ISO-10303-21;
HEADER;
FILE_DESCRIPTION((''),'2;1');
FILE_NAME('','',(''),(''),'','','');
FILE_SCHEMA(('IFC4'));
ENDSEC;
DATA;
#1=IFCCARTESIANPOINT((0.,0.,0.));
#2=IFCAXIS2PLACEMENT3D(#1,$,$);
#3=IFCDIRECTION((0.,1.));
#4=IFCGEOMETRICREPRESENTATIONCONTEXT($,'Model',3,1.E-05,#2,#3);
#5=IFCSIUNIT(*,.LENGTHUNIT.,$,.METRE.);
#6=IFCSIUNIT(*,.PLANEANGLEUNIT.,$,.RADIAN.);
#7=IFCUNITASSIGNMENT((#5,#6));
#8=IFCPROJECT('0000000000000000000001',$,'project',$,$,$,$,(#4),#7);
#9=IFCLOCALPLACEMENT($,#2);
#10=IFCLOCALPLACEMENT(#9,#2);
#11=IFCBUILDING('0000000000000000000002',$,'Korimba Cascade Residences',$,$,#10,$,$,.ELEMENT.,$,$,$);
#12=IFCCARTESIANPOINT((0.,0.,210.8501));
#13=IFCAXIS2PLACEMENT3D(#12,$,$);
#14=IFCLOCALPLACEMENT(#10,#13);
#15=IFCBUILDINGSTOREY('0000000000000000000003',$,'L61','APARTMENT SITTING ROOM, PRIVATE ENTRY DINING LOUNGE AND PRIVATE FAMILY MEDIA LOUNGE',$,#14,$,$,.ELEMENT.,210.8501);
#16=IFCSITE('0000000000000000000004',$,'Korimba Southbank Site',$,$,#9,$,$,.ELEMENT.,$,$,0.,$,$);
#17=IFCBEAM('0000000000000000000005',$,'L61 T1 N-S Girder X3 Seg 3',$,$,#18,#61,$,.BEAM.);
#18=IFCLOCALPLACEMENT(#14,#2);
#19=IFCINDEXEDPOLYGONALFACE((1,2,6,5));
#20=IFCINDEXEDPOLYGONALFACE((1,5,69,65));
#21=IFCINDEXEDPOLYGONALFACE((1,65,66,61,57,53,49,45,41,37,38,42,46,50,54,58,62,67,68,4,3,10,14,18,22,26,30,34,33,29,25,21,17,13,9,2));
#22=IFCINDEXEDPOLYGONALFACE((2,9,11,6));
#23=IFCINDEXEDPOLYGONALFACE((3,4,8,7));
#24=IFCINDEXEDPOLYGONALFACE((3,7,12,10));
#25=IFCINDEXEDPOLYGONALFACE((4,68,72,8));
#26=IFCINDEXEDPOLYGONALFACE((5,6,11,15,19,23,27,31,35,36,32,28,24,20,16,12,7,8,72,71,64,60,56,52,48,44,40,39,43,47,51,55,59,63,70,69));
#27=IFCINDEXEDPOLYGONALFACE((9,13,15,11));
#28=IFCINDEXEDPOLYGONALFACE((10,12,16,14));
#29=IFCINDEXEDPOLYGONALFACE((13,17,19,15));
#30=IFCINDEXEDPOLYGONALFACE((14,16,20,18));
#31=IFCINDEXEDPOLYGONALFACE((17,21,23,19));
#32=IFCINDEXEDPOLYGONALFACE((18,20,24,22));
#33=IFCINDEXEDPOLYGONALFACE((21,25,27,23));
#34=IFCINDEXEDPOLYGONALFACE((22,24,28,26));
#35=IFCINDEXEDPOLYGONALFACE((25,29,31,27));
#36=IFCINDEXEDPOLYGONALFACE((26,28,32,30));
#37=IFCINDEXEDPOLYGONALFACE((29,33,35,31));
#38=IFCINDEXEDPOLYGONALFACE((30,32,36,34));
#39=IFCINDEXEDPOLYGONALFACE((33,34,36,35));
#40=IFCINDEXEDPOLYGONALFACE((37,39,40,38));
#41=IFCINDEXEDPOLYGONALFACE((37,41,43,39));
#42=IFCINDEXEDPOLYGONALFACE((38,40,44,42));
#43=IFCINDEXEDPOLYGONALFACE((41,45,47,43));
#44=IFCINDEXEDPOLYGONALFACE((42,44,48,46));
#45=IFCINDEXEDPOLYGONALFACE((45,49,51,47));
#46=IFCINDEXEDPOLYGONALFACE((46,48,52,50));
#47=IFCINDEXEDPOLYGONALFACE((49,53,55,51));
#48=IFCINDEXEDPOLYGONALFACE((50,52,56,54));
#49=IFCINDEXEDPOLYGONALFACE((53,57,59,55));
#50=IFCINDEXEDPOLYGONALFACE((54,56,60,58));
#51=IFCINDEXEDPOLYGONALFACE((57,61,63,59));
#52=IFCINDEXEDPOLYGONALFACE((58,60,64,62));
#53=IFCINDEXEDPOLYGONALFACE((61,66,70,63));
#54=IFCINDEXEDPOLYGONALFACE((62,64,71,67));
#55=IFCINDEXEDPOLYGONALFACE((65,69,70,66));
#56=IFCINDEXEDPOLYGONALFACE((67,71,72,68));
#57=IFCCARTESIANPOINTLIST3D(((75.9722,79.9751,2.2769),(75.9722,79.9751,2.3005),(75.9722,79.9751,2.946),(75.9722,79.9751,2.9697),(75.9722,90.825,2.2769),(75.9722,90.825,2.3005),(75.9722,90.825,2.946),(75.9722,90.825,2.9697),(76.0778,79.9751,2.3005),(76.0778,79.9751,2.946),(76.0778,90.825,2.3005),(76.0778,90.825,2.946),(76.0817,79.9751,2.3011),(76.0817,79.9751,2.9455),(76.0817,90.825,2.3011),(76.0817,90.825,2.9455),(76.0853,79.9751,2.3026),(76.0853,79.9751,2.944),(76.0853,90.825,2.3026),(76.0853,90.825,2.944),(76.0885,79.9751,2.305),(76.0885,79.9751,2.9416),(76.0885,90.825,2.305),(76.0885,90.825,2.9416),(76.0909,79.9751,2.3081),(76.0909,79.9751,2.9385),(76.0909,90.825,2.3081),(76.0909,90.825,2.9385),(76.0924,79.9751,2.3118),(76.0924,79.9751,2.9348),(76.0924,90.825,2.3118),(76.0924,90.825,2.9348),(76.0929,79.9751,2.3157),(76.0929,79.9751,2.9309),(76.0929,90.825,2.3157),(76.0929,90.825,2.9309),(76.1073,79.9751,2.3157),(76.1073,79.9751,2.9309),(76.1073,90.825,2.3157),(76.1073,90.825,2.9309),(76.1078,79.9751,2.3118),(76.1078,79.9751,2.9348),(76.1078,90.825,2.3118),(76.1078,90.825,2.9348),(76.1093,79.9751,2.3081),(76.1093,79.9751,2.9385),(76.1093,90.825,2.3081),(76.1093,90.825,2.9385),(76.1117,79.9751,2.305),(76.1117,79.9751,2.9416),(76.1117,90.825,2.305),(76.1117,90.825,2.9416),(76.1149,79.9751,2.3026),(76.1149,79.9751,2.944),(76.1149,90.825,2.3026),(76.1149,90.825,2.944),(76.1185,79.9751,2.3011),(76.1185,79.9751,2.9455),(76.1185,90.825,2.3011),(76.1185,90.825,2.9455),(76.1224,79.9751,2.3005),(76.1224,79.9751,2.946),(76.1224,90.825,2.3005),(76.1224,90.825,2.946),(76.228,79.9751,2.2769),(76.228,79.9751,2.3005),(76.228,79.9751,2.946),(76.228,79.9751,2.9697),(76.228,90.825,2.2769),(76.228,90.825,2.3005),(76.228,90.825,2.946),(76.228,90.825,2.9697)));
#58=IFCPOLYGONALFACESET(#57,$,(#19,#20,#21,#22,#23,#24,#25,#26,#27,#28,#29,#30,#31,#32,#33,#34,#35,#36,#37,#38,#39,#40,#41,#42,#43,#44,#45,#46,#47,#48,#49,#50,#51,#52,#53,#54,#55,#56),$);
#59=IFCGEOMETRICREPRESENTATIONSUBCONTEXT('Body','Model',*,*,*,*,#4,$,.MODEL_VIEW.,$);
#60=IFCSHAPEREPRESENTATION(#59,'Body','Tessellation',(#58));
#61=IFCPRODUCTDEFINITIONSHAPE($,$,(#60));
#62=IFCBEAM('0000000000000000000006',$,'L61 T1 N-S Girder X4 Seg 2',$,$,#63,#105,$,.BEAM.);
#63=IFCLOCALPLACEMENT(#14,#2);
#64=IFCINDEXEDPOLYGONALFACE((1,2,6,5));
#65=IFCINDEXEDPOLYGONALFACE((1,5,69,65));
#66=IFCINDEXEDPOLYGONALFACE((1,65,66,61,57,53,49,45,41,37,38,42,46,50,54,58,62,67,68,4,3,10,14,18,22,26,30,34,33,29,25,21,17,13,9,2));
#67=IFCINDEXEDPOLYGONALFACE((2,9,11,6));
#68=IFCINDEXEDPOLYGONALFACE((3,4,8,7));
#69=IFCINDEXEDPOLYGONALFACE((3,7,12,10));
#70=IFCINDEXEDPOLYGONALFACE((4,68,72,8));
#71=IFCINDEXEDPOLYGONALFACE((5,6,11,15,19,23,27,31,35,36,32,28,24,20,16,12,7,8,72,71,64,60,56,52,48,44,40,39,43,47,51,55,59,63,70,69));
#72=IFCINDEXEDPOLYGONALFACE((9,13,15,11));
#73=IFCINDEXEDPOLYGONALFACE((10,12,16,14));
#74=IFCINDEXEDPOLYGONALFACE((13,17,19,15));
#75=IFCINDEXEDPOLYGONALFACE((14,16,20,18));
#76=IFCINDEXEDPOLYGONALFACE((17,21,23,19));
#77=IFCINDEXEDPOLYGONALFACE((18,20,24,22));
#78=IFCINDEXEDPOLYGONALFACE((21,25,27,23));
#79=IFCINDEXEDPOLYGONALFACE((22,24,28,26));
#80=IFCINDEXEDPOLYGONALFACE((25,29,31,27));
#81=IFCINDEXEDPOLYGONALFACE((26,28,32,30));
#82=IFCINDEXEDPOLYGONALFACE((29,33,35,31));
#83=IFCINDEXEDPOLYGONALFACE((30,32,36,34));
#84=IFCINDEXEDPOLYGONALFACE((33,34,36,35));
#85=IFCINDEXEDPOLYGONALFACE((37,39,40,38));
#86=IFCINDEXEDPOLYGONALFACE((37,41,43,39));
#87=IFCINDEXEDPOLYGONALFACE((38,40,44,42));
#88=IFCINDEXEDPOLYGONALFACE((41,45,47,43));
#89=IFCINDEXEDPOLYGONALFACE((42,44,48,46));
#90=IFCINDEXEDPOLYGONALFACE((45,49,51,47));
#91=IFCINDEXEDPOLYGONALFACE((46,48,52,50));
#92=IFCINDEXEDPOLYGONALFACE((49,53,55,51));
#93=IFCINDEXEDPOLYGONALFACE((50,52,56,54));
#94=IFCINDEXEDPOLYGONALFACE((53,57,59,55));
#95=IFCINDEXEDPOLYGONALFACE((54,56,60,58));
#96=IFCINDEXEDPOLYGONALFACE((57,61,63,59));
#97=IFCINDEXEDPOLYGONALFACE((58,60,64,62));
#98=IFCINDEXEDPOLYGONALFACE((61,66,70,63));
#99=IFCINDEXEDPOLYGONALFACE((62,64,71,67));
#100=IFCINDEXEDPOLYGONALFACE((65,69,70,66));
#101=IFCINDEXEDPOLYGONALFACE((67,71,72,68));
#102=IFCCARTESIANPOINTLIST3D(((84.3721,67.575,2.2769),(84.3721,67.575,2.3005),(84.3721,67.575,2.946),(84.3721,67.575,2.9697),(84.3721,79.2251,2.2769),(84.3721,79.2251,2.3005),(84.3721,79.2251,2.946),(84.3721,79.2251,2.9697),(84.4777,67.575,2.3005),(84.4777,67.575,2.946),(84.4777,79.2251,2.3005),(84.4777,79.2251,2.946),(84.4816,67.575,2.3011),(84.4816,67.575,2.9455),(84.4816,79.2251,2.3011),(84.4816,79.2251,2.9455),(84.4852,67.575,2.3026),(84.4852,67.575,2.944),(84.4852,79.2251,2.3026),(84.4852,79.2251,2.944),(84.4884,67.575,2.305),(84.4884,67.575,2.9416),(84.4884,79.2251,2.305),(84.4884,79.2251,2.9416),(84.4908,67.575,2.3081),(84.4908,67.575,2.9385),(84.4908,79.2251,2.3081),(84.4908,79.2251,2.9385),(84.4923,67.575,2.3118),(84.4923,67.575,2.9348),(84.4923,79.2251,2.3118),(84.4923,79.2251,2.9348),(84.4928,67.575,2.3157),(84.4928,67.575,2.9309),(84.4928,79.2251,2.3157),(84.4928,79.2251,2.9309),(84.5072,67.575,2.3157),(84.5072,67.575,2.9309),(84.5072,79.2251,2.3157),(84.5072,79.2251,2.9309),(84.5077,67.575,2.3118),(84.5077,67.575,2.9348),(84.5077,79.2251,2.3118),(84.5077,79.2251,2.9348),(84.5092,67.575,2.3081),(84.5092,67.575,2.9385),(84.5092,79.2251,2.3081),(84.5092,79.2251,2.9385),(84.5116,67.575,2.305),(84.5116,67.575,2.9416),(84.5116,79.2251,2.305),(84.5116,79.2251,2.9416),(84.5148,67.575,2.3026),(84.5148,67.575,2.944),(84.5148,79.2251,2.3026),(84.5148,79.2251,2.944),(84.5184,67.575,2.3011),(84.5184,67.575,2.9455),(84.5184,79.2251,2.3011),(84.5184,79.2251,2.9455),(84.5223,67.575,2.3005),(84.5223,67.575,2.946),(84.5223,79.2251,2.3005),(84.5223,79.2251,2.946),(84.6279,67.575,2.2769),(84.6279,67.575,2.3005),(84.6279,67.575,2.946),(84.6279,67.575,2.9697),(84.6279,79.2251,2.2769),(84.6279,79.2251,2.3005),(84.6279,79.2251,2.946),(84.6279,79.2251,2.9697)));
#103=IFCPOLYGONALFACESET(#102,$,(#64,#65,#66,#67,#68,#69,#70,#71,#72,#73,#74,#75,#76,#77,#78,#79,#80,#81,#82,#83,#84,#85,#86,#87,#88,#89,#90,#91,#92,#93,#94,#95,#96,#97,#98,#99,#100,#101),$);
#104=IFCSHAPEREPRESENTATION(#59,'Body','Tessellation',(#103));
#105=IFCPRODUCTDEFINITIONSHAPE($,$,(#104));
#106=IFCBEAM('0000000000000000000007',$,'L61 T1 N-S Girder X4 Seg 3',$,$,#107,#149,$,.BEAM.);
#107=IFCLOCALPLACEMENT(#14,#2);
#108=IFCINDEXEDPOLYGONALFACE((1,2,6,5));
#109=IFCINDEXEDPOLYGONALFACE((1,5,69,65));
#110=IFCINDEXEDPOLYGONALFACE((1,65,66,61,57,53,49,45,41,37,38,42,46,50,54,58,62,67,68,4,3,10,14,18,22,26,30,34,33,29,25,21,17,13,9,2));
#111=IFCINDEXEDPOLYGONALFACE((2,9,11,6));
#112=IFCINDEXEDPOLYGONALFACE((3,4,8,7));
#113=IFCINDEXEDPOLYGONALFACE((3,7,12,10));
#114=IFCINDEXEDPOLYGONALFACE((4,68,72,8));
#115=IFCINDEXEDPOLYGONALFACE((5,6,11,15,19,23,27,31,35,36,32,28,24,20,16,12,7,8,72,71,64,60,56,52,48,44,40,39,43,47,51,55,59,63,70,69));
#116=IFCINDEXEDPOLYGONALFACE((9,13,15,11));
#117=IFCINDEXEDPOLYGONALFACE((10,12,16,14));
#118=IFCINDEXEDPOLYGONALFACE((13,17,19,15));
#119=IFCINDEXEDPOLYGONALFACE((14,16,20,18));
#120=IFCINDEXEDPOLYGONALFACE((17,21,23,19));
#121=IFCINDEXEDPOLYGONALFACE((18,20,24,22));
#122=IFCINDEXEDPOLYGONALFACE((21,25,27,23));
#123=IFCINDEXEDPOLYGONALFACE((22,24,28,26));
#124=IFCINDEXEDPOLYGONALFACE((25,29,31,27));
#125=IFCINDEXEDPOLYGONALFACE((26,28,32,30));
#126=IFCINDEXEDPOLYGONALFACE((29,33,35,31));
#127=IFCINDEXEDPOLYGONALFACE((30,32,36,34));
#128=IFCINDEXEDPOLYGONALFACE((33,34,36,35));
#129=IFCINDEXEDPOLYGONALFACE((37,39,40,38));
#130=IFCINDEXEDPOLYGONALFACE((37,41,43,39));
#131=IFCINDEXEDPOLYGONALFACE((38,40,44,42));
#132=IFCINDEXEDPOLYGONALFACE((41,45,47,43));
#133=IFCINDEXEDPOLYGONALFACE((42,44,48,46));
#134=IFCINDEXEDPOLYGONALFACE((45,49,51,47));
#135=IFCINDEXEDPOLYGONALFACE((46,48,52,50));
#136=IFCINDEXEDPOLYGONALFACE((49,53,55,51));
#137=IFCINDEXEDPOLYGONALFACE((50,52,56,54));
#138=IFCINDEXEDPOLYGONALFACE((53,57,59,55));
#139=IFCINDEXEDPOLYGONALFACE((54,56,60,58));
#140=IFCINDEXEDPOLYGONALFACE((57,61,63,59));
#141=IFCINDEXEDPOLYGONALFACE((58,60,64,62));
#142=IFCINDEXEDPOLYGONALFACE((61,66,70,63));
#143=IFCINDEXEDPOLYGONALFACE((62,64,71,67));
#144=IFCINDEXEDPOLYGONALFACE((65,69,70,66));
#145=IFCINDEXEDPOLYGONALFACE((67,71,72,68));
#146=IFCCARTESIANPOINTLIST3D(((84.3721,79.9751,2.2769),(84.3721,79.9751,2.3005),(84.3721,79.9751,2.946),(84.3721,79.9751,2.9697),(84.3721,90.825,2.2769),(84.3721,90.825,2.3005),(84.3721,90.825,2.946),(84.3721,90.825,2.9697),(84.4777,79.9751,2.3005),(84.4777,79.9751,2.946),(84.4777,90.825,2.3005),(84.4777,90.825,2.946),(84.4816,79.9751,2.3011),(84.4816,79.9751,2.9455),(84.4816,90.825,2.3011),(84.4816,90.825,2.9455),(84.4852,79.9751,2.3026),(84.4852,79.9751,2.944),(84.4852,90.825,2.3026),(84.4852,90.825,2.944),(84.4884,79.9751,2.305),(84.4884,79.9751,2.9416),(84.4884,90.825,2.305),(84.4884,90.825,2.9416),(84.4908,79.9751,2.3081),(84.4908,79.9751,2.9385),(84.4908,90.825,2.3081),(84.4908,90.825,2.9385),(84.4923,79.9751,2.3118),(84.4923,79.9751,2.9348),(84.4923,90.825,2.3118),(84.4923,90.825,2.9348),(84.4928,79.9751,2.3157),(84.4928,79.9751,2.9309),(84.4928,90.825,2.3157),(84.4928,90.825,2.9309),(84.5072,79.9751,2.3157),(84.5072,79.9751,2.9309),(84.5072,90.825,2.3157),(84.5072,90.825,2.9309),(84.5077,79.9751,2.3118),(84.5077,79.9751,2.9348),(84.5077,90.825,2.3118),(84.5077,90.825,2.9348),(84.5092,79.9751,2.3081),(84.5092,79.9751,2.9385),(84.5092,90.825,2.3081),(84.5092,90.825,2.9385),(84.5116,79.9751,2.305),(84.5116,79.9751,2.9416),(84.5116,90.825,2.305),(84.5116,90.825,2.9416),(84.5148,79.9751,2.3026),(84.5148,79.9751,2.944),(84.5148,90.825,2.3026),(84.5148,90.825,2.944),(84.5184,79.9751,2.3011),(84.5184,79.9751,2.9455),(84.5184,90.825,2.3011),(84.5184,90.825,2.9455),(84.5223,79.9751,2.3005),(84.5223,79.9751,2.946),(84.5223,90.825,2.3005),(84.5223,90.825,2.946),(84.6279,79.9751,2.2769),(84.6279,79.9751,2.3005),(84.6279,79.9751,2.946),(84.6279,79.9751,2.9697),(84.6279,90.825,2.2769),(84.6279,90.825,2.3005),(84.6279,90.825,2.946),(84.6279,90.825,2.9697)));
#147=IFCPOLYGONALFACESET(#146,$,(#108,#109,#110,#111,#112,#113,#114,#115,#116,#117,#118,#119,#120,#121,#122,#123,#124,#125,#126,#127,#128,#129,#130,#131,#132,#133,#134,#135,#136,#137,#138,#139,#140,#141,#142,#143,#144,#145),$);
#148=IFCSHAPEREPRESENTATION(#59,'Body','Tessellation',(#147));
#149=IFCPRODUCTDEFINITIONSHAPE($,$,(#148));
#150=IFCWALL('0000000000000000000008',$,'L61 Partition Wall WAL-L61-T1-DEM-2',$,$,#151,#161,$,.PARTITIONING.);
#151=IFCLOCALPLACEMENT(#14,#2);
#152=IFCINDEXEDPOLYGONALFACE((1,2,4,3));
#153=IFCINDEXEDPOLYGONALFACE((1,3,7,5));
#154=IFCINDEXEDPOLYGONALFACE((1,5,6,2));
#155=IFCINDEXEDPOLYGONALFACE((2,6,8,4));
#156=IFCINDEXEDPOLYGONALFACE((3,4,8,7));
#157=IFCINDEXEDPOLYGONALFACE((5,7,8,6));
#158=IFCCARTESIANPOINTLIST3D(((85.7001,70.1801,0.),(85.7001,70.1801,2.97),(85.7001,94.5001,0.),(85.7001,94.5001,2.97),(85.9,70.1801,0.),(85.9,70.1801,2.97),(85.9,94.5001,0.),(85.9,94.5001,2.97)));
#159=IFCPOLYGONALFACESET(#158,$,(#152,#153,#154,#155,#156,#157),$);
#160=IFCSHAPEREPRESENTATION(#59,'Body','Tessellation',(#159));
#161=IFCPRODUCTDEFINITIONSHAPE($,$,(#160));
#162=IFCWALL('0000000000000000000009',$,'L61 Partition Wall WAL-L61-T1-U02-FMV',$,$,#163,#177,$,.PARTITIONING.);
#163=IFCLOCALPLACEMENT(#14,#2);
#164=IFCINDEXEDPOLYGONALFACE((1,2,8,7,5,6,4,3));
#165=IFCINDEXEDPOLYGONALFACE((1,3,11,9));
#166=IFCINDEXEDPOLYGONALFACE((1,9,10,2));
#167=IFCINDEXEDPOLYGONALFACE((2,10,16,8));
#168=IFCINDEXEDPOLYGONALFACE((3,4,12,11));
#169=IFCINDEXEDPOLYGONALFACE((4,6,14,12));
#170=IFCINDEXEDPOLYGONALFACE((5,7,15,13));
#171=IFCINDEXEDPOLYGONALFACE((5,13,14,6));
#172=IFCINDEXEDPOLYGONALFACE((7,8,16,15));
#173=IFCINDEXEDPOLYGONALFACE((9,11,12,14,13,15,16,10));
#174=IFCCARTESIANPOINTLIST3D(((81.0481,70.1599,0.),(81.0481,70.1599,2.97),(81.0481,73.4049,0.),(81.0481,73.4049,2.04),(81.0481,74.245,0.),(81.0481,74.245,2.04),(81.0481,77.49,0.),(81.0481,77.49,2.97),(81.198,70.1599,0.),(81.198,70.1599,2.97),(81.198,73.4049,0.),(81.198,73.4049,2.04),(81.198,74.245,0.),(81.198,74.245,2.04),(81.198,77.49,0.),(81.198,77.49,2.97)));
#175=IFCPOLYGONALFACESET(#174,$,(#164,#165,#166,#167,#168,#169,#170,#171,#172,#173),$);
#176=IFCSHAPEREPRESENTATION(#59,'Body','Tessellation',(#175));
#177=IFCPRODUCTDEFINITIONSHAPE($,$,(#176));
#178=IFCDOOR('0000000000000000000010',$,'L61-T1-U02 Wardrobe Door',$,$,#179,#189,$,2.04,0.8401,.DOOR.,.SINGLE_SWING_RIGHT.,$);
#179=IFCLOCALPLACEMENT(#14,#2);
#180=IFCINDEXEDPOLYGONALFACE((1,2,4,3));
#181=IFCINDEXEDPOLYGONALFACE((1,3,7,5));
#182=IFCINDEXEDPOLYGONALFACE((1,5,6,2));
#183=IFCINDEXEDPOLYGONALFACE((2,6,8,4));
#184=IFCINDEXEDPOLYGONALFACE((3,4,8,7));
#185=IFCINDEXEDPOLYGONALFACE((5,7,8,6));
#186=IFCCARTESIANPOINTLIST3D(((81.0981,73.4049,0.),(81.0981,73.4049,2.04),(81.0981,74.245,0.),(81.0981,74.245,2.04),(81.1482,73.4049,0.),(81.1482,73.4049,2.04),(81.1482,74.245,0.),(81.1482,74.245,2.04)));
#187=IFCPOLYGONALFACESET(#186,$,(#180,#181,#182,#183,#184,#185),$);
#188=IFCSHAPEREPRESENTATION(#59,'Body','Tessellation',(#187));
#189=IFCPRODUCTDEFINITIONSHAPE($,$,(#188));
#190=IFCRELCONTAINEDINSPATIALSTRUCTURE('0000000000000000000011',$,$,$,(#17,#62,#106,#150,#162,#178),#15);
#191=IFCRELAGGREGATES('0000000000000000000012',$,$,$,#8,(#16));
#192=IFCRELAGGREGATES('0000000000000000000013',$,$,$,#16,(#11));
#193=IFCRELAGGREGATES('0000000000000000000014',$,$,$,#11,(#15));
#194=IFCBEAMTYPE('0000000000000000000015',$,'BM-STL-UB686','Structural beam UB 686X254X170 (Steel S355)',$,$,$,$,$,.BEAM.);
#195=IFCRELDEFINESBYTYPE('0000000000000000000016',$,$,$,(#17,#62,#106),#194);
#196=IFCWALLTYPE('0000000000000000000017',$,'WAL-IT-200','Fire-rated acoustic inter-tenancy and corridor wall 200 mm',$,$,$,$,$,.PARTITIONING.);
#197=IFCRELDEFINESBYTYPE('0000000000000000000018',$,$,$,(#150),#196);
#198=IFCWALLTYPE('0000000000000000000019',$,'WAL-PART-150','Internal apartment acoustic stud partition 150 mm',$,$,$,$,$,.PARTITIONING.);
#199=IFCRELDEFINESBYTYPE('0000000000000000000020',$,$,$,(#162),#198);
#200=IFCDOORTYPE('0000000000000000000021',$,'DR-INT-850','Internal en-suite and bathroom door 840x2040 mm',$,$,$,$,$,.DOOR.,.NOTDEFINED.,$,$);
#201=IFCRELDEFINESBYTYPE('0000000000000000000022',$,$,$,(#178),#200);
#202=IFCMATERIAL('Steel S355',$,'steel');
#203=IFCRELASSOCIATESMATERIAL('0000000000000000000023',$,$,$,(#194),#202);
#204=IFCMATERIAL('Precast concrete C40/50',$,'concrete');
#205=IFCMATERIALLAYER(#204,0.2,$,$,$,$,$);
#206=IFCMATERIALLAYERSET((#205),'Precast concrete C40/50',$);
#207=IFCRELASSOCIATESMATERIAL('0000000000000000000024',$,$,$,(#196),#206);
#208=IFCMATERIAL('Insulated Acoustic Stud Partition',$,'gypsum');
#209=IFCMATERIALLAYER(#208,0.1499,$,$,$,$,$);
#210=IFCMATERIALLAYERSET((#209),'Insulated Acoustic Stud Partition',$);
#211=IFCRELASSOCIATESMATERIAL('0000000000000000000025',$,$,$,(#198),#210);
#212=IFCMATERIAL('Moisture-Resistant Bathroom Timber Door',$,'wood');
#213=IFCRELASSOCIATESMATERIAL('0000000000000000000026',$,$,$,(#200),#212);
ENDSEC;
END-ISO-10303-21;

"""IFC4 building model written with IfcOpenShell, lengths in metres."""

from ifc_helpers import new_model, si_unit, direction, frame, frame_2d, origin, origin_2d, place, context, subcontext, project, spatial, rectangle, i_section, extrude, material, layer, layer_set, material_profile, profile_set, type_object, element, fill, save


model = new_model("IFC4")

# Units and contexts
model_context = context("Model", 3, precision=1e-05, world=origin(), true_north=direction((0.0, 1.0)))
body_context = subcontext(model_context, "Body", "Model", "MODEL_VIEW")
ifc_project = project(units=[si_unit("LENGTHUNIT", "METRE"), si_unit("PLANEANGLEUNIT", "RADIAN")], contexts=[model_context])

# Site, building, storey
site_placement = place(None, origin())
site = spatial("IfcSite", under=ifc_project, at=site_placement, Name="Korimba Southbank Site", CompositionType="ELEMENT", RefElevation=0.0)
building_placement = place(site_placement, origin())
building = spatial("IfcBuilding", under=site, at=building_placement, Name="Korimba Cascade Residences", CompositionType="ELEMENT")
storey_placement = place(building_placement, frame((0.0, 0.0, 210.8501)))
storey = spatial("IfcBuildingStorey", under=building, at=storey_placement, Name="L61", Description="APARTMENT SITTING ROOM, PRIVATE ENTRY DINING LOUNGE AND PRIVATE FAMILY MEDIA LOUNGE", CompositionType="ELEMENT", Elevation=210.8501)

# Beams
ifc_material_1 = material(Name="Steel S355", Category="steel")
ifc_material_profile_1 = material_profile(ifc_material_1, i_section(OverallWidth=0.2559, OverallDepth=0.6929, WebThickness=0.0144, FlangeThickness=0.0237, FilletRadius=0.0151, at=origin_2d()), Name="Steel S355")
ifc_profile_set_1 = profile_set([ifc_material_profile_1], Name="Steel S355")
beam_type_1 = type_object("IfcBeamType", Name="BM-STL-UB686", Description="Structural beam UB 686X254X170 (Steel S355)", PredefinedType="BEAM", material=ifc_profile_set_1)
beam_1_placement = place(storey_placement, frame((76.1001, 79.9751, 2.6233), z_axis=(0.0, 1.0, 0.0), x_axis=(-1.0, 0.0, 0.0)))
element("IfcBeam", 1, at=beam_1_placement, inside=storey, type_object=beam_type_1, Name="L61 T1 N-S Girder X3 Seg 3", PredefinedType="BEAM", context=body_context, shape_type="SweptSolid", body=[
    extrude(i_section(OverallWidth=0.2559, OverallDepth=0.6929, WebThickness=0.0144, FlangeThickness=0.0237, FilletRadius=0.0151, at=origin_2d()), origin(), (0.0, 0.0, 1.0), 10.8499),
])
beam_2_placement = place(storey_placement, frame((84.5, 67.575, 2.6233), z_axis=(0.0, 1.0, 0.0), x_axis=(-1.0, 0.0, 0.0)))
element("IfcBeam", 2, at=beam_2_placement, inside=storey, type_object=beam_type_1, Name="L61 T1 N-S Girder X4 Seg 2", PredefinedType="BEAM", context=body_context, shape_type="SweptSolid", body=[
    extrude(i_section(OverallWidth=0.2559, OverallDepth=0.6929, WebThickness=0.0144, FlangeThickness=0.0237, FilletRadius=0.0151, at=origin_2d()), origin(), (0.0, 0.0, 1.0), 11.6501),
])
beam_3_placement = place(storey_placement, frame((84.5, 79.9751, 2.6233), z_axis=(0.0, 1.0, 0.0), x_axis=(-1.0, 0.0, 0.0)))
element("IfcBeam", 3, at=beam_3_placement, inside=storey, type_object=beam_type_1, Name="L61 T1 N-S Girder X4 Seg 3", PredefinedType="BEAM", context=body_context, shape_type="SweptSolid", body=[
    extrude(i_section(OverallWidth=0.2559, OverallDepth=0.6929, WebThickness=0.0144, FlangeThickness=0.0237, FilletRadius=0.0151, at=origin_2d()), origin(), (0.0, 0.0, 1.0), 10.8499),
])

# Wall
ifc_material_2 = material(Name="Precast concrete C40/50", Category="concrete")
ifc_layer_1 = layer(ifc_material_2, 0.2)
ifc_layer_set_1 = layer_set([ifc_layer_1], Name="Precast concrete C40/50")
wall_type_1 = type_object("IfcWallType", Name="WAL-IT-200", Description="Fire-rated acoustic inter-tenancy and corridor wall 200 mm", PredefinedType="PARTITIONING", material=ifc_layer_set_1)
wall_1_placement = place(storey_placement, frame((85.8, 70.1799, 0.0), z_axis=(0.0, 0.0, 1.0), x_axis=(0.0, 1.0, 0.0)))
element("IfcWall", 4, at=wall_1_placement, inside=storey, type_object=wall_type_1, Name="L61 Partition Wall WAL-L61-T1-DEM-2", PredefinedType="PARTITIONING", context=body_context, shape_type="SweptSolid", body=[
    extrude(rectangle(XDim=24.3201, YDim=0.2, at=frame_2d((12.1602, 0.0))), origin(), (0.0, 0.0, 1.0), 2.97),
])

# Wall, opening, door
ifc_material_3 = material(Name="Insulated Acoustic Stud Partition", Category="gypsum")
ifc_layer_2 = layer(ifc_material_3, 0.1499)
ifc_layer_set_2 = layer_set([ifc_layer_2], Name="Insulated Acoustic Stud Partition")
wall_type_2 = type_object("IfcWallType", Name="WAL-PART-150", Description="Internal apartment acoustic stud partition 150 mm", PredefinedType="PARTITIONING", material=ifc_layer_set_2)
wall_2_placement = place(storey_placement, frame((81.123, 70.1599, 0.0), z_axis=(0.0, 0.0, 1.0), x_axis=(0.0, 1.0, 0.0)))
wall_2 = element("IfcWall", 5, at=wall_2_placement, inside=storey, type_object=wall_type_2, Name="L61 Partition Wall WAL-L61-T1-U02-FMV", PredefinedType="PARTITIONING", context=body_context, shape_type="SweptSolid", body=[
    extrude(rectangle(XDim=7.3301, YDim=0.1499, at=frame_2d((3.665, 0.0))), origin(), (0.0, 0.0, 1.0), 2.97),
])
opening_1_placement = place(wall_2_placement, frame((3.2451, 0.0, 0.0)))
opening_1 = element("IfcOpeningElement", 6, at=opening_1_placement, cuts=wall_2, PredefinedType="OPENING", context=body_context, shape_type="SweptSolid", body=[
    extrude(rectangle(XDim=0.8401, YDim=2.04, at=frame_2d((0.4199, 1.02))), frame((0.0, 0.085, 0.0), z_axis=(0.0, -1.0, 0.0), x_axis=(1.0, 0.0, 0.0)), (0.0, 0.0, 1.0), 0.1699),
])
ifc_material_4 = material(Name="Moisture-Resistant Bathroom Timber Door", Category="wood")
door_type_1 = type_object("IfcDoorType", Name="DR-INT-850", Description="Internal en-suite and bathroom door 840x2040 mm", OperationType="NOTDEFINED", PredefinedType="DOOR", material=ifc_material_4)
door_1_placement = place(opening_1_placement, origin())
door_1 = element("IfcDoor", 7, at=door_1_placement, inside=storey, type_object=door_type_1, Name="L61-T1-U02 Wardrobe Door", OperationType="SINGLE_SWING_RIGHT", OverallHeight=2.04, OverallWidth=0.8401, PredefinedType="DOOR", context=body_context, shape_type="SweptSolid", body=[
    extrude(rectangle(XDim=0.8401, YDim=2.04, at=frame_2d((0.4199, 1.02))), frame((0.0, 0.0249, 0.0), z_axis=(0.0, -1.0, 0.0), x_axis=(1.0, 0.0, 0.0)), (0.0, 0.0, 1.0), 0.05),
])
fill(opening_1, door_1)

save(model, "model.ifc")
